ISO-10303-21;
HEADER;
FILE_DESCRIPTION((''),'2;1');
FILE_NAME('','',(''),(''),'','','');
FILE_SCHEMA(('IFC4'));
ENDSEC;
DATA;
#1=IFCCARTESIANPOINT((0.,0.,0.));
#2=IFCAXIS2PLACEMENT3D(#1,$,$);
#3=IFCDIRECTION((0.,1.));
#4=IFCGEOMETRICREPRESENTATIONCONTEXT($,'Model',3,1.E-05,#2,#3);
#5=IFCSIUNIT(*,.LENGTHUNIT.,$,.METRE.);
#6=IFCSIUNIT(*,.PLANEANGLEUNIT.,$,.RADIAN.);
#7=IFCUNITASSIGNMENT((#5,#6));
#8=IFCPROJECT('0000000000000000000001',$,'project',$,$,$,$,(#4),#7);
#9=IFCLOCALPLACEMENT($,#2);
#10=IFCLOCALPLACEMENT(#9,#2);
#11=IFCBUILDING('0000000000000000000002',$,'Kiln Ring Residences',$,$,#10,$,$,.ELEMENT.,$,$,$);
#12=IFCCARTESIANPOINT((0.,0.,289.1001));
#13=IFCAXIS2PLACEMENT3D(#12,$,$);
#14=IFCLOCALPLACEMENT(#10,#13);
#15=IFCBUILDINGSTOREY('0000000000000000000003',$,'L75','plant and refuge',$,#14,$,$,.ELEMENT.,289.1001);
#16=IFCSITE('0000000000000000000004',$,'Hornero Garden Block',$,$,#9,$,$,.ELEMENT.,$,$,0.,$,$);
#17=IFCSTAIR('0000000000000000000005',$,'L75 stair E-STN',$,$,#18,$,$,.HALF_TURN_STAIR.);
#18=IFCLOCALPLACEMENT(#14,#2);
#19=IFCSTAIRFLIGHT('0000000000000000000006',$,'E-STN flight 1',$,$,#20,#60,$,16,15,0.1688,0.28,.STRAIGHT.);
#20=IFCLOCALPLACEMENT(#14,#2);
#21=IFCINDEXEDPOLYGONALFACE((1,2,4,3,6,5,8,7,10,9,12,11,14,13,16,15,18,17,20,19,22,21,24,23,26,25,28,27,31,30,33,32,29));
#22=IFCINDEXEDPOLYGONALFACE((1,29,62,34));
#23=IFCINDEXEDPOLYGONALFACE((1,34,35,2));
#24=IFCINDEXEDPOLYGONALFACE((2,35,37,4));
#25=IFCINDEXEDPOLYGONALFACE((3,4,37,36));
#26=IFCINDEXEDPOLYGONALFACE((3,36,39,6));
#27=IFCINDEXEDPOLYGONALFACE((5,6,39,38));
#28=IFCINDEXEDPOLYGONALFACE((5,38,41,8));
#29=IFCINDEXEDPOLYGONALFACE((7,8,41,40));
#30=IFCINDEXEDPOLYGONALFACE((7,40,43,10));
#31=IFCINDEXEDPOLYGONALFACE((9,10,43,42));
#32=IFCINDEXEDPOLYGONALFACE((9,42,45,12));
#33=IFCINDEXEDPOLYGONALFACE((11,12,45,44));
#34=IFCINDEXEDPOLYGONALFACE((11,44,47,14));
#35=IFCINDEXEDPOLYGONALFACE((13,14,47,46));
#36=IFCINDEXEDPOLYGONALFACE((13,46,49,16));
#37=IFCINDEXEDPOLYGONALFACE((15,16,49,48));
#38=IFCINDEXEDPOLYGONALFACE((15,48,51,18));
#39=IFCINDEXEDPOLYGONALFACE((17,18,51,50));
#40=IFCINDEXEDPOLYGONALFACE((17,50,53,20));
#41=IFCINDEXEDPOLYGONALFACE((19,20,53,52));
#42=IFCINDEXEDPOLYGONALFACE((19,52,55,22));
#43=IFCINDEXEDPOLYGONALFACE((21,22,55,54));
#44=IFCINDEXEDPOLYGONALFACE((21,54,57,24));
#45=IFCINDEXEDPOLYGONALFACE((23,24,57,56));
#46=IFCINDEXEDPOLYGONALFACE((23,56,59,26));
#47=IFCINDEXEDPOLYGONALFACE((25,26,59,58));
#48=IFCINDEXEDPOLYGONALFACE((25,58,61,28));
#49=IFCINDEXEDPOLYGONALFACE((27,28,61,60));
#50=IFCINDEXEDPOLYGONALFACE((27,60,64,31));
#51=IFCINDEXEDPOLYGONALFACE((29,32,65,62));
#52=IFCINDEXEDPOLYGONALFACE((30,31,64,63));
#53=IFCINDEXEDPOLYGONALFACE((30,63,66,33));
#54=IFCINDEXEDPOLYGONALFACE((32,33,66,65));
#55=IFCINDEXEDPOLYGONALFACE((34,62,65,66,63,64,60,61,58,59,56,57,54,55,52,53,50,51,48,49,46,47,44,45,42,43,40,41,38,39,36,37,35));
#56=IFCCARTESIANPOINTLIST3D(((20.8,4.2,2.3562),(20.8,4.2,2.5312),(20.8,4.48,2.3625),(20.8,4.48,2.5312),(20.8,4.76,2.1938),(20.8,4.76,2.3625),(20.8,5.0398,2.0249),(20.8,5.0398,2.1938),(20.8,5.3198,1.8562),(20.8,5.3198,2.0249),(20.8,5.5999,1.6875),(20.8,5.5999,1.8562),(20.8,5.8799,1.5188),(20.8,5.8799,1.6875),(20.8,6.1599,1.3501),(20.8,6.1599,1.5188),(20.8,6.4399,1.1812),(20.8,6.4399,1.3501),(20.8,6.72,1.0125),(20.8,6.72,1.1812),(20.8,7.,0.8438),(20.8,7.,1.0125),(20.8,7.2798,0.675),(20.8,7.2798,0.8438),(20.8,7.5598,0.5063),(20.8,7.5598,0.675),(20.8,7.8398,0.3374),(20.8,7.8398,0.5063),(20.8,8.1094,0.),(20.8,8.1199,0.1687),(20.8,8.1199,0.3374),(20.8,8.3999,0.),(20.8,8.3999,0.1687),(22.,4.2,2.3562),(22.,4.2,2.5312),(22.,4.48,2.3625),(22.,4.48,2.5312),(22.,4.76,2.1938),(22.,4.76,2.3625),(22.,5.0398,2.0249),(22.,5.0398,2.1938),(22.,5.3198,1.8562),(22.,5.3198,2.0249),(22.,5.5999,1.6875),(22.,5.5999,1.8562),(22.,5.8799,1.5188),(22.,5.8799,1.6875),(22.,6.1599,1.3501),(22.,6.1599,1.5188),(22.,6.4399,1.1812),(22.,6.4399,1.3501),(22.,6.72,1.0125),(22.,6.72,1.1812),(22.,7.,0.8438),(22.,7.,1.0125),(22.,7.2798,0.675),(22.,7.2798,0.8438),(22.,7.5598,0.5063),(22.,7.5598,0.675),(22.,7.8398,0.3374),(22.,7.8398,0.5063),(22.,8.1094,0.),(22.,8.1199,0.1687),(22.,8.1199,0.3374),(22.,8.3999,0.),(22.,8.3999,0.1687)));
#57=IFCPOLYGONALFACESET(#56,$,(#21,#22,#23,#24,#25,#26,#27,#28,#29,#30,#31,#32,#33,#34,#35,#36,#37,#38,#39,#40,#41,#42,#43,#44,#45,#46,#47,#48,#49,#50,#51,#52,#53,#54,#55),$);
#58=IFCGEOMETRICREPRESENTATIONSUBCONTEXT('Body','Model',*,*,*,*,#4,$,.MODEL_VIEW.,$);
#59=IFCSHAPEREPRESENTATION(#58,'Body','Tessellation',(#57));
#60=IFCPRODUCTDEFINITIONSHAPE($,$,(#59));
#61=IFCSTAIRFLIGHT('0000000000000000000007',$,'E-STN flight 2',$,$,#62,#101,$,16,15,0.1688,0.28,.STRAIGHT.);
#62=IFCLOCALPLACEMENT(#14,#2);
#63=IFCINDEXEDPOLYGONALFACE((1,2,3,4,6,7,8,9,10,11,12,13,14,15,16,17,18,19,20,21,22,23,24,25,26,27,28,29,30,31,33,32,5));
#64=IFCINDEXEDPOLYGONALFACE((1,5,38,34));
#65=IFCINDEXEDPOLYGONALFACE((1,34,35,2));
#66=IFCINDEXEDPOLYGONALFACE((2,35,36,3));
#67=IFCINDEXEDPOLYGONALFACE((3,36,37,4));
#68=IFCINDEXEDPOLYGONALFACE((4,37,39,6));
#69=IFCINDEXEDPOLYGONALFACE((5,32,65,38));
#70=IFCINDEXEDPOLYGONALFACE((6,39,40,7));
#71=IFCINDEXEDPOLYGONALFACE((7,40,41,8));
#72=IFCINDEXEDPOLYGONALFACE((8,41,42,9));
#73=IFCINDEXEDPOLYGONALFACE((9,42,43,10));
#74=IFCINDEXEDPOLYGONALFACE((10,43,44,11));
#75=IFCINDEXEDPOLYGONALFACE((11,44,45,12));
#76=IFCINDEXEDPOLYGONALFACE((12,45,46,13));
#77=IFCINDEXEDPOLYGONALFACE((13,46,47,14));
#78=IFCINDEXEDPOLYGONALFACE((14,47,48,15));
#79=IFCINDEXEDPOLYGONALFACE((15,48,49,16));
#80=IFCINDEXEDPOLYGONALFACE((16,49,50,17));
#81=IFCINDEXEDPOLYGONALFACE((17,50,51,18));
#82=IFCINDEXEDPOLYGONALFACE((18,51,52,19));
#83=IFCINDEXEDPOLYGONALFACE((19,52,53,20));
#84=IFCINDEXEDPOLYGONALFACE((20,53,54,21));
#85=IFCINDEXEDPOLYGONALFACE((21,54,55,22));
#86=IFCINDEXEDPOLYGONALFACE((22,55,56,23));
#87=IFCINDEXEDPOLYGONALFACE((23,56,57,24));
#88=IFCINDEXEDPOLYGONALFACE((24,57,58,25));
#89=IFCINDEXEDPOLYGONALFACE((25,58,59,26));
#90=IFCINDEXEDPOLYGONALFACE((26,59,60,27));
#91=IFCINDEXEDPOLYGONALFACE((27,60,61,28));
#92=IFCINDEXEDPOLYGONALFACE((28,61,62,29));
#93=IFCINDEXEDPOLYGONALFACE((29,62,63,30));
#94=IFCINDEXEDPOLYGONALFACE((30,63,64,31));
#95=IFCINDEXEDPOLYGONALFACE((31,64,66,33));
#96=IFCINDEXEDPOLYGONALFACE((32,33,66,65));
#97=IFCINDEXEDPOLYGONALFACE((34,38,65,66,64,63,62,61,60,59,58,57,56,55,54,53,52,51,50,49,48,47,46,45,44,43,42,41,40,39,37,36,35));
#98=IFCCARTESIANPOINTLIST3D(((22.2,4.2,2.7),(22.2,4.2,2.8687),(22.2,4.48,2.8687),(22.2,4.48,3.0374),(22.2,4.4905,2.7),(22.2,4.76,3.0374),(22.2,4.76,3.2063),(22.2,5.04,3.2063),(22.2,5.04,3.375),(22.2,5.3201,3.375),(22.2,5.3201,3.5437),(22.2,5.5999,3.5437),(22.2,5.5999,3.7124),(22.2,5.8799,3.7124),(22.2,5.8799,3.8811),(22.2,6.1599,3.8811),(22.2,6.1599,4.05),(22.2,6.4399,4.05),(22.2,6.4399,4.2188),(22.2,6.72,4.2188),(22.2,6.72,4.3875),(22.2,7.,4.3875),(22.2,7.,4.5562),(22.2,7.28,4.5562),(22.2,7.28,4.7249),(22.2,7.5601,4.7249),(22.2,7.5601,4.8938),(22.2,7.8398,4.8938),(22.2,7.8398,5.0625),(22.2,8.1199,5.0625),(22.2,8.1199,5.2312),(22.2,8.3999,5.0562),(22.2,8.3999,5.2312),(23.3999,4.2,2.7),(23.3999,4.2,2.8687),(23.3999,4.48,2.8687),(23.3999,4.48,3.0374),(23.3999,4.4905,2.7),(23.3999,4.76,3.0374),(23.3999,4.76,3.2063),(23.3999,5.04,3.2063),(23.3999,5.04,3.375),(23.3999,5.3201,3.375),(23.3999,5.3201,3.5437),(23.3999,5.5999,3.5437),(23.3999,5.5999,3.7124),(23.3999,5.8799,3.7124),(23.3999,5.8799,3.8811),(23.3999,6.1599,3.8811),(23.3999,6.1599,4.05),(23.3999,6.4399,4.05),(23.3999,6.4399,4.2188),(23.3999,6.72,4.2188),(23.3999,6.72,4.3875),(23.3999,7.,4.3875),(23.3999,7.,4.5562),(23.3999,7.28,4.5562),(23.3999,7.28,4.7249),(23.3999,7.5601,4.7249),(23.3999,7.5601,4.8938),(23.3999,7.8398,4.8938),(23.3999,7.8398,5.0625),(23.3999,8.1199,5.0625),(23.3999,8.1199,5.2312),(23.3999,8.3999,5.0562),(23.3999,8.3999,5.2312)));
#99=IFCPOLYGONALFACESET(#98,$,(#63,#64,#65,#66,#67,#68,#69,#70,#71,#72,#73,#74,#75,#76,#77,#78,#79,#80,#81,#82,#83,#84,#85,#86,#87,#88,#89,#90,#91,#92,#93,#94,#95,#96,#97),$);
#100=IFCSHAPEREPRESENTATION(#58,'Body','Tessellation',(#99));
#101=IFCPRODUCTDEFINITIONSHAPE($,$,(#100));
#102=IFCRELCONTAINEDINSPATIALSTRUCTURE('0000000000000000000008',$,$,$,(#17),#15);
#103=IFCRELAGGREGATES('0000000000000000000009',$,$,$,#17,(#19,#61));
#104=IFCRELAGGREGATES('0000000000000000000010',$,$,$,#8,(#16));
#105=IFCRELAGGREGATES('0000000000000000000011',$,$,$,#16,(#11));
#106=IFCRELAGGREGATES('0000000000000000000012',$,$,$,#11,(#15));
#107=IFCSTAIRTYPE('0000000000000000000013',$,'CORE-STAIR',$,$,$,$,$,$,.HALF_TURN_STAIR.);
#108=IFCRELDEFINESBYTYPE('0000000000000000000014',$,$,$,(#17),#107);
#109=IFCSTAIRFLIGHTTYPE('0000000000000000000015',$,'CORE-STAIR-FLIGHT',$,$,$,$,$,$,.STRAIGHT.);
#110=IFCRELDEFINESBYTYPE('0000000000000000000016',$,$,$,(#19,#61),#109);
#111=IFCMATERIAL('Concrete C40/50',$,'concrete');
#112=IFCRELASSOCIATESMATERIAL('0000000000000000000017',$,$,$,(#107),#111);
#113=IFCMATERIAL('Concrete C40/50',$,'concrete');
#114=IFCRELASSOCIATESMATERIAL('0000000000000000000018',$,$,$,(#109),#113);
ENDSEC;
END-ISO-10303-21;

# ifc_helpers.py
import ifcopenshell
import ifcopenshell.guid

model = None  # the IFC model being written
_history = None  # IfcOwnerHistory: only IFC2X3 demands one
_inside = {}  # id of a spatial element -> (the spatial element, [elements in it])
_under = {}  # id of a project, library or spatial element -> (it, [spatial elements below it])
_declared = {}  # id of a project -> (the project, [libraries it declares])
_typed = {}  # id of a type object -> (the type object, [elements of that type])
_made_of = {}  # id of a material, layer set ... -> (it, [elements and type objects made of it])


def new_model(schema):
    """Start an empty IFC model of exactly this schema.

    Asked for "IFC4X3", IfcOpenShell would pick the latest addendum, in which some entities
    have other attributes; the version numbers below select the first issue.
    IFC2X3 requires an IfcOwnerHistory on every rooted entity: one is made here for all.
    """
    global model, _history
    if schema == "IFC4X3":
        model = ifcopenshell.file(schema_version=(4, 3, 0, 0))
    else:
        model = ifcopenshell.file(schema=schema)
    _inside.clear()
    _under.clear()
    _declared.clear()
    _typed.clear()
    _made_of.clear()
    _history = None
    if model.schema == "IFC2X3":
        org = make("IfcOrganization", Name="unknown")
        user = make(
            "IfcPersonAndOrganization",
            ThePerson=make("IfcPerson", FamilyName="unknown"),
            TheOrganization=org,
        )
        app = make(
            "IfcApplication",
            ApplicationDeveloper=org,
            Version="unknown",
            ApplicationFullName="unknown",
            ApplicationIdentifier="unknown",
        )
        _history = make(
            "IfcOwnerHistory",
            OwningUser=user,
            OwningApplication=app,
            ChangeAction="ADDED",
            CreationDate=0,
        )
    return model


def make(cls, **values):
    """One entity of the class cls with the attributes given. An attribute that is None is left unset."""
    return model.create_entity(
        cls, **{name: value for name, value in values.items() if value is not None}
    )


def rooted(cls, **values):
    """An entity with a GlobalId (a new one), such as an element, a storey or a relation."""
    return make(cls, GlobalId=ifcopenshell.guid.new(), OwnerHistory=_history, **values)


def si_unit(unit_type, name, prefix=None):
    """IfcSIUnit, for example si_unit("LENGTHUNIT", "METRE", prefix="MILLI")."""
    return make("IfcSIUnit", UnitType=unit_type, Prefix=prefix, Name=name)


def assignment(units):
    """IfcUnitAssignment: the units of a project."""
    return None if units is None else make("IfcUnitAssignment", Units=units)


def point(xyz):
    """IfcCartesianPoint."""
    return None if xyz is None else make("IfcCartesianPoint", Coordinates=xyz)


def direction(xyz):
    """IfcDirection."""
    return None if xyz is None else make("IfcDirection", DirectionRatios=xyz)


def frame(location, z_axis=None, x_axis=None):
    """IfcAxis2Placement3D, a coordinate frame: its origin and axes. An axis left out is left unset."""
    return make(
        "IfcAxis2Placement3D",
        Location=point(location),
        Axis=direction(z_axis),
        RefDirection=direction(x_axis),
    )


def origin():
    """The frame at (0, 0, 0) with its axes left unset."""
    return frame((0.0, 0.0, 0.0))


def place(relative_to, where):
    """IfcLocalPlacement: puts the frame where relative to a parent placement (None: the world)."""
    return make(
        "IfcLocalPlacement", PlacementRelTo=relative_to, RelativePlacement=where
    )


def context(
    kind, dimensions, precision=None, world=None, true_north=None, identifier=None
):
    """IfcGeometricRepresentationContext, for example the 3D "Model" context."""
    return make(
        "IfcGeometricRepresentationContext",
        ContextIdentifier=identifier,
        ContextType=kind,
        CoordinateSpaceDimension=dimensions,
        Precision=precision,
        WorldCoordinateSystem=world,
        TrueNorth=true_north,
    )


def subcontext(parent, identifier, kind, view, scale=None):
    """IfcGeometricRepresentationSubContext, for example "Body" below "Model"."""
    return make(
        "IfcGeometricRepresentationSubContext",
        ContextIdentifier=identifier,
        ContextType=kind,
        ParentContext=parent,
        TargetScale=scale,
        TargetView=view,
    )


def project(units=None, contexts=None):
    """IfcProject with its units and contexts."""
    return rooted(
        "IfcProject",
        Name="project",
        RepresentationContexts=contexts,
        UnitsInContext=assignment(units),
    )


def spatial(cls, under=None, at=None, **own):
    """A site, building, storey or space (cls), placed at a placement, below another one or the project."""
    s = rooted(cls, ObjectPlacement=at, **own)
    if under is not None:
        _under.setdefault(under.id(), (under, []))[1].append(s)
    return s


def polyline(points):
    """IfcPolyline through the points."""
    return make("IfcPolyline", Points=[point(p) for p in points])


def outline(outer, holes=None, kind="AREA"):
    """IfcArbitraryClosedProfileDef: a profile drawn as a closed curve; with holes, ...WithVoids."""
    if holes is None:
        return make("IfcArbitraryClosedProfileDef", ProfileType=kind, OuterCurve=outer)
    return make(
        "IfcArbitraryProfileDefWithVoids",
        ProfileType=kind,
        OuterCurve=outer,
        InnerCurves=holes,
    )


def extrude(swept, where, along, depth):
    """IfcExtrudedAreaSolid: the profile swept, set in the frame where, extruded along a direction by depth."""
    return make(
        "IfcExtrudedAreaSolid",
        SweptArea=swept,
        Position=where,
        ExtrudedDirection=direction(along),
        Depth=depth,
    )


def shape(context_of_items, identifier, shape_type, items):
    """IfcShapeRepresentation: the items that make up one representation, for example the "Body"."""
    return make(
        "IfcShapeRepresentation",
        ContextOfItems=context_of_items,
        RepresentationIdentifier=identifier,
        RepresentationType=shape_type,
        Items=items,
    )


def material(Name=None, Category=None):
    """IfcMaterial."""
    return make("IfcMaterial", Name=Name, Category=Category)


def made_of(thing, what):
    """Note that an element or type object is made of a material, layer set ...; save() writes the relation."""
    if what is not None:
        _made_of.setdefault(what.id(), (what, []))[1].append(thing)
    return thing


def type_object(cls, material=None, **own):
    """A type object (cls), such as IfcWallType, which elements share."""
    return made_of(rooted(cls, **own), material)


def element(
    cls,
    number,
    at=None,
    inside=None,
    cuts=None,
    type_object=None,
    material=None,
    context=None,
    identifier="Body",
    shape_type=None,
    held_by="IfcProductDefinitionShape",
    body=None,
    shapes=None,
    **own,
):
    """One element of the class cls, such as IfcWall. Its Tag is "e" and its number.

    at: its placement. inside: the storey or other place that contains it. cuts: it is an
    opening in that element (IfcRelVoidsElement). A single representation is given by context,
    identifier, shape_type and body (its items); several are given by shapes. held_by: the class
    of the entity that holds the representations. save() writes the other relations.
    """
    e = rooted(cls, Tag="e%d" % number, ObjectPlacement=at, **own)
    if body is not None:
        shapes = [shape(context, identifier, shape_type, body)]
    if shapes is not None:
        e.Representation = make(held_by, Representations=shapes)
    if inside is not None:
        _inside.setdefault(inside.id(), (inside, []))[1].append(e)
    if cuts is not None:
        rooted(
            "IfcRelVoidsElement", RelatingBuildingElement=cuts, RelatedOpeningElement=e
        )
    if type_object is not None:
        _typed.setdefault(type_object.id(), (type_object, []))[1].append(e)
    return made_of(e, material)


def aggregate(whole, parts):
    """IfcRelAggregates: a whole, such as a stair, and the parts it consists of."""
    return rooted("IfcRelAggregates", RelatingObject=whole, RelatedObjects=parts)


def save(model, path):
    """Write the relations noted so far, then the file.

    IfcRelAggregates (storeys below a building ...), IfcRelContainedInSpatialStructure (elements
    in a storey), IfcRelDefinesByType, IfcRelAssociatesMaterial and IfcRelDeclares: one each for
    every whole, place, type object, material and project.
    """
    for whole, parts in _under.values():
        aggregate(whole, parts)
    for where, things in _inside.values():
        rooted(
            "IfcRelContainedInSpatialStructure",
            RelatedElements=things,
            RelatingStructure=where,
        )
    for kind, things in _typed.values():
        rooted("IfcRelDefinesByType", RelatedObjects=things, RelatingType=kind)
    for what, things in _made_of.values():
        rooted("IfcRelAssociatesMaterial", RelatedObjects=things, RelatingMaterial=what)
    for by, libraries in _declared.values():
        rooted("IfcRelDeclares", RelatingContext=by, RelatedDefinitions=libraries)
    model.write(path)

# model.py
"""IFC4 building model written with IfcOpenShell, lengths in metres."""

from ifc_helpers import new_model, si_unit, direction, frame, origin, place, context, subcontext, project, spatial, polyline, outline, extrude, material, type_object, element, aggregate, save


model = new_model("IFC4")

# Units and contexts
model_context = context("Model", 3, precision=1e-05, world=origin(), true_north=direction((0.0, 1.0)))
body_context = subcontext(model_context, "Body", "Model", "MODEL_VIEW")
ifc_project = project(units=[si_unit("LENGTHUNIT", "METRE"), si_unit("PLANEANGLEUNIT", "RADIAN")], contexts=[model_context])

# Site, building, storey
site_placement = place(None, origin())
site = spatial("IfcSite", under=ifc_project, at=site_placement, Name="Hornero Garden Block", CompositionType="ELEMENT", RefElevation=0.0)
building_placement = place(site_placement, origin())
building = spatial("IfcBuilding", under=site, at=building_placement, Name="Kiln Ring Residences", CompositionType="ELEMENT")
storey_placement = place(building_placement, frame((0.0, 0.0, 289.1001)))
storey = spatial("IfcBuildingStorey", under=building, at=storey_placement, Name="L75", Description="plant and refuge", CompositionType="ELEMENT", Elevation=289.1001)

# Stair, stair flights
ifc_material_1 = material(Name="Concrete C40/50", Category="concrete")
stair_type = type_object("IfcStairType", Name="CORE-STAIR", PredefinedType="HALF_TURN_STAIR", material=ifc_material_1)
stair_placement = place(storey_placement, origin())
stair = element("IfcStair", 1, at=stair_placement, inside=storey, type_object=stair_type, Name="L75 stair E-STN", PredefinedType="HALF_TURN_STAIR")
ifc_material_2 = material(Name="Concrete C40/50", Category="concrete")
stair_flight_type = type_object("IfcStairFlightType", Name="CORE-STAIR-FLIGHT", PredefinedType="STRAIGHT", material=ifc_material_2)
stair_flight_1_placement = place(storey_placement, frame((21.3999, 8.3999, 0.0), z_axis=(0.0, 0.0, 1.0), x_axis=(0.0, -1.0, 0.0)))
stair_flight_1 = element("IfcStairFlight", 2, at=stair_flight_1_placement, type_object=stair_flight_type, Name="E-STN flight 1", NumberOfRisers=16, NumberOfTreads=15, PredefinedType="STRAIGHT", RiserHeight=0.1688, TreadLength=0.28, context=body_context, shape_type="SweptSolid", body=[
    extrude(outline(polyline([(0.0, 0.0), (0.0, 0.1687), (0.28, 0.1687), (0.28, 0.3374), (0.5601, 0.3374), (0.5601, 0.5063), (0.8401, 0.5063), (0.8401, 0.675), (1.1201, 0.675), (1.1201, 0.8438), (1.3999, 0.8438), (1.3999, 1.0125), (1.6799, 1.0125), (1.6799, 1.1812), (1.96, 1.1812), (1.96, 1.3501), (2.24, 1.3501), (2.24, 1.5188), (2.52, 1.5188), (2.52, 1.6875), (2.8, 1.6875), (2.8, 1.8562), (3.0801, 1.8562), (3.0801, 2.0249), (3.3601, 2.0249), (3.3601, 2.1938), (3.6399, 2.1938), (3.6399, 2.3625), (3.9199, 2.3625), (3.9199, 2.5312), (4.2, 2.5312), (4.2, 2.7), (4.2, 2.3562), (0.2905, 0.0), (0.0, 0.0)])), frame((0.0, 0.6001, 0.0), z_axis=(0.0, -1.0, 0.0), x_axis=(1.0, 0.0, 0.0)), (0.0, 0.0, 1.0), 1.2),
])
stair_flight_2_placement = place(storey_placement, frame((22.8, 4.2, 2.7), z_axis=(0.0, 0.0, 1.0), x_axis=(0.0, 1.0, 0.0)))
stair_flight_2 = element("IfcStairFlight", 3, at=stair_flight_2_placement, type_object=stair_flight_type, Name="E-STN flight 2", NumberOfRisers=16, NumberOfTreads=15, PredefinedType="STRAIGHT", RiserHeight=0.1688, TreadLength=0.28, context=body_context, shape_type="SweptSolid", body=[
    extrude(outline(polyline([(0.0, 0.0), (0.0, 0.1687), (0.28, 0.1687), (0.28, 0.3374), (0.5601, 0.3374), (0.5601, 0.5063), (0.8401, 0.5063), (0.8401, 0.675), (1.1201, 0.675), (1.1201, 0.8438), (1.3999, 0.8438), (1.3999, 1.0125), (1.6799, 1.0125), (1.6799, 1.1812), (1.96, 1.1812), (1.96, 1.3501), (2.24, 1.3501), (2.24, 1.5188), (2.52, 1.5188), (2.52, 1.6875), (2.8, 1.6875), (2.8, 1.8562), (3.0801, 1.8562), (3.0801, 2.0249), (3.3601, 2.0249), (3.3601, 2.1938), (3.6399, 2.1938), (3.6399, 2.3625), (3.9199, 2.3625), (3.9199, 2.5312), (4.2, 2.5312), (4.2, 2.7), (4.2, 2.3562), (0.2905, 0.0), (0.0, 0.0)])), frame((0.0, 0.6001, 0.0), z_axis=(0.0, -1.0, 0.0), x_axis=(1.0, 0.0, 0.0)), (0.0, 0.0, 1.0), 1.2),
])
aggregate(stair, [stair_flight_1, stair_flight_2])

save(model, "model.ifc")
